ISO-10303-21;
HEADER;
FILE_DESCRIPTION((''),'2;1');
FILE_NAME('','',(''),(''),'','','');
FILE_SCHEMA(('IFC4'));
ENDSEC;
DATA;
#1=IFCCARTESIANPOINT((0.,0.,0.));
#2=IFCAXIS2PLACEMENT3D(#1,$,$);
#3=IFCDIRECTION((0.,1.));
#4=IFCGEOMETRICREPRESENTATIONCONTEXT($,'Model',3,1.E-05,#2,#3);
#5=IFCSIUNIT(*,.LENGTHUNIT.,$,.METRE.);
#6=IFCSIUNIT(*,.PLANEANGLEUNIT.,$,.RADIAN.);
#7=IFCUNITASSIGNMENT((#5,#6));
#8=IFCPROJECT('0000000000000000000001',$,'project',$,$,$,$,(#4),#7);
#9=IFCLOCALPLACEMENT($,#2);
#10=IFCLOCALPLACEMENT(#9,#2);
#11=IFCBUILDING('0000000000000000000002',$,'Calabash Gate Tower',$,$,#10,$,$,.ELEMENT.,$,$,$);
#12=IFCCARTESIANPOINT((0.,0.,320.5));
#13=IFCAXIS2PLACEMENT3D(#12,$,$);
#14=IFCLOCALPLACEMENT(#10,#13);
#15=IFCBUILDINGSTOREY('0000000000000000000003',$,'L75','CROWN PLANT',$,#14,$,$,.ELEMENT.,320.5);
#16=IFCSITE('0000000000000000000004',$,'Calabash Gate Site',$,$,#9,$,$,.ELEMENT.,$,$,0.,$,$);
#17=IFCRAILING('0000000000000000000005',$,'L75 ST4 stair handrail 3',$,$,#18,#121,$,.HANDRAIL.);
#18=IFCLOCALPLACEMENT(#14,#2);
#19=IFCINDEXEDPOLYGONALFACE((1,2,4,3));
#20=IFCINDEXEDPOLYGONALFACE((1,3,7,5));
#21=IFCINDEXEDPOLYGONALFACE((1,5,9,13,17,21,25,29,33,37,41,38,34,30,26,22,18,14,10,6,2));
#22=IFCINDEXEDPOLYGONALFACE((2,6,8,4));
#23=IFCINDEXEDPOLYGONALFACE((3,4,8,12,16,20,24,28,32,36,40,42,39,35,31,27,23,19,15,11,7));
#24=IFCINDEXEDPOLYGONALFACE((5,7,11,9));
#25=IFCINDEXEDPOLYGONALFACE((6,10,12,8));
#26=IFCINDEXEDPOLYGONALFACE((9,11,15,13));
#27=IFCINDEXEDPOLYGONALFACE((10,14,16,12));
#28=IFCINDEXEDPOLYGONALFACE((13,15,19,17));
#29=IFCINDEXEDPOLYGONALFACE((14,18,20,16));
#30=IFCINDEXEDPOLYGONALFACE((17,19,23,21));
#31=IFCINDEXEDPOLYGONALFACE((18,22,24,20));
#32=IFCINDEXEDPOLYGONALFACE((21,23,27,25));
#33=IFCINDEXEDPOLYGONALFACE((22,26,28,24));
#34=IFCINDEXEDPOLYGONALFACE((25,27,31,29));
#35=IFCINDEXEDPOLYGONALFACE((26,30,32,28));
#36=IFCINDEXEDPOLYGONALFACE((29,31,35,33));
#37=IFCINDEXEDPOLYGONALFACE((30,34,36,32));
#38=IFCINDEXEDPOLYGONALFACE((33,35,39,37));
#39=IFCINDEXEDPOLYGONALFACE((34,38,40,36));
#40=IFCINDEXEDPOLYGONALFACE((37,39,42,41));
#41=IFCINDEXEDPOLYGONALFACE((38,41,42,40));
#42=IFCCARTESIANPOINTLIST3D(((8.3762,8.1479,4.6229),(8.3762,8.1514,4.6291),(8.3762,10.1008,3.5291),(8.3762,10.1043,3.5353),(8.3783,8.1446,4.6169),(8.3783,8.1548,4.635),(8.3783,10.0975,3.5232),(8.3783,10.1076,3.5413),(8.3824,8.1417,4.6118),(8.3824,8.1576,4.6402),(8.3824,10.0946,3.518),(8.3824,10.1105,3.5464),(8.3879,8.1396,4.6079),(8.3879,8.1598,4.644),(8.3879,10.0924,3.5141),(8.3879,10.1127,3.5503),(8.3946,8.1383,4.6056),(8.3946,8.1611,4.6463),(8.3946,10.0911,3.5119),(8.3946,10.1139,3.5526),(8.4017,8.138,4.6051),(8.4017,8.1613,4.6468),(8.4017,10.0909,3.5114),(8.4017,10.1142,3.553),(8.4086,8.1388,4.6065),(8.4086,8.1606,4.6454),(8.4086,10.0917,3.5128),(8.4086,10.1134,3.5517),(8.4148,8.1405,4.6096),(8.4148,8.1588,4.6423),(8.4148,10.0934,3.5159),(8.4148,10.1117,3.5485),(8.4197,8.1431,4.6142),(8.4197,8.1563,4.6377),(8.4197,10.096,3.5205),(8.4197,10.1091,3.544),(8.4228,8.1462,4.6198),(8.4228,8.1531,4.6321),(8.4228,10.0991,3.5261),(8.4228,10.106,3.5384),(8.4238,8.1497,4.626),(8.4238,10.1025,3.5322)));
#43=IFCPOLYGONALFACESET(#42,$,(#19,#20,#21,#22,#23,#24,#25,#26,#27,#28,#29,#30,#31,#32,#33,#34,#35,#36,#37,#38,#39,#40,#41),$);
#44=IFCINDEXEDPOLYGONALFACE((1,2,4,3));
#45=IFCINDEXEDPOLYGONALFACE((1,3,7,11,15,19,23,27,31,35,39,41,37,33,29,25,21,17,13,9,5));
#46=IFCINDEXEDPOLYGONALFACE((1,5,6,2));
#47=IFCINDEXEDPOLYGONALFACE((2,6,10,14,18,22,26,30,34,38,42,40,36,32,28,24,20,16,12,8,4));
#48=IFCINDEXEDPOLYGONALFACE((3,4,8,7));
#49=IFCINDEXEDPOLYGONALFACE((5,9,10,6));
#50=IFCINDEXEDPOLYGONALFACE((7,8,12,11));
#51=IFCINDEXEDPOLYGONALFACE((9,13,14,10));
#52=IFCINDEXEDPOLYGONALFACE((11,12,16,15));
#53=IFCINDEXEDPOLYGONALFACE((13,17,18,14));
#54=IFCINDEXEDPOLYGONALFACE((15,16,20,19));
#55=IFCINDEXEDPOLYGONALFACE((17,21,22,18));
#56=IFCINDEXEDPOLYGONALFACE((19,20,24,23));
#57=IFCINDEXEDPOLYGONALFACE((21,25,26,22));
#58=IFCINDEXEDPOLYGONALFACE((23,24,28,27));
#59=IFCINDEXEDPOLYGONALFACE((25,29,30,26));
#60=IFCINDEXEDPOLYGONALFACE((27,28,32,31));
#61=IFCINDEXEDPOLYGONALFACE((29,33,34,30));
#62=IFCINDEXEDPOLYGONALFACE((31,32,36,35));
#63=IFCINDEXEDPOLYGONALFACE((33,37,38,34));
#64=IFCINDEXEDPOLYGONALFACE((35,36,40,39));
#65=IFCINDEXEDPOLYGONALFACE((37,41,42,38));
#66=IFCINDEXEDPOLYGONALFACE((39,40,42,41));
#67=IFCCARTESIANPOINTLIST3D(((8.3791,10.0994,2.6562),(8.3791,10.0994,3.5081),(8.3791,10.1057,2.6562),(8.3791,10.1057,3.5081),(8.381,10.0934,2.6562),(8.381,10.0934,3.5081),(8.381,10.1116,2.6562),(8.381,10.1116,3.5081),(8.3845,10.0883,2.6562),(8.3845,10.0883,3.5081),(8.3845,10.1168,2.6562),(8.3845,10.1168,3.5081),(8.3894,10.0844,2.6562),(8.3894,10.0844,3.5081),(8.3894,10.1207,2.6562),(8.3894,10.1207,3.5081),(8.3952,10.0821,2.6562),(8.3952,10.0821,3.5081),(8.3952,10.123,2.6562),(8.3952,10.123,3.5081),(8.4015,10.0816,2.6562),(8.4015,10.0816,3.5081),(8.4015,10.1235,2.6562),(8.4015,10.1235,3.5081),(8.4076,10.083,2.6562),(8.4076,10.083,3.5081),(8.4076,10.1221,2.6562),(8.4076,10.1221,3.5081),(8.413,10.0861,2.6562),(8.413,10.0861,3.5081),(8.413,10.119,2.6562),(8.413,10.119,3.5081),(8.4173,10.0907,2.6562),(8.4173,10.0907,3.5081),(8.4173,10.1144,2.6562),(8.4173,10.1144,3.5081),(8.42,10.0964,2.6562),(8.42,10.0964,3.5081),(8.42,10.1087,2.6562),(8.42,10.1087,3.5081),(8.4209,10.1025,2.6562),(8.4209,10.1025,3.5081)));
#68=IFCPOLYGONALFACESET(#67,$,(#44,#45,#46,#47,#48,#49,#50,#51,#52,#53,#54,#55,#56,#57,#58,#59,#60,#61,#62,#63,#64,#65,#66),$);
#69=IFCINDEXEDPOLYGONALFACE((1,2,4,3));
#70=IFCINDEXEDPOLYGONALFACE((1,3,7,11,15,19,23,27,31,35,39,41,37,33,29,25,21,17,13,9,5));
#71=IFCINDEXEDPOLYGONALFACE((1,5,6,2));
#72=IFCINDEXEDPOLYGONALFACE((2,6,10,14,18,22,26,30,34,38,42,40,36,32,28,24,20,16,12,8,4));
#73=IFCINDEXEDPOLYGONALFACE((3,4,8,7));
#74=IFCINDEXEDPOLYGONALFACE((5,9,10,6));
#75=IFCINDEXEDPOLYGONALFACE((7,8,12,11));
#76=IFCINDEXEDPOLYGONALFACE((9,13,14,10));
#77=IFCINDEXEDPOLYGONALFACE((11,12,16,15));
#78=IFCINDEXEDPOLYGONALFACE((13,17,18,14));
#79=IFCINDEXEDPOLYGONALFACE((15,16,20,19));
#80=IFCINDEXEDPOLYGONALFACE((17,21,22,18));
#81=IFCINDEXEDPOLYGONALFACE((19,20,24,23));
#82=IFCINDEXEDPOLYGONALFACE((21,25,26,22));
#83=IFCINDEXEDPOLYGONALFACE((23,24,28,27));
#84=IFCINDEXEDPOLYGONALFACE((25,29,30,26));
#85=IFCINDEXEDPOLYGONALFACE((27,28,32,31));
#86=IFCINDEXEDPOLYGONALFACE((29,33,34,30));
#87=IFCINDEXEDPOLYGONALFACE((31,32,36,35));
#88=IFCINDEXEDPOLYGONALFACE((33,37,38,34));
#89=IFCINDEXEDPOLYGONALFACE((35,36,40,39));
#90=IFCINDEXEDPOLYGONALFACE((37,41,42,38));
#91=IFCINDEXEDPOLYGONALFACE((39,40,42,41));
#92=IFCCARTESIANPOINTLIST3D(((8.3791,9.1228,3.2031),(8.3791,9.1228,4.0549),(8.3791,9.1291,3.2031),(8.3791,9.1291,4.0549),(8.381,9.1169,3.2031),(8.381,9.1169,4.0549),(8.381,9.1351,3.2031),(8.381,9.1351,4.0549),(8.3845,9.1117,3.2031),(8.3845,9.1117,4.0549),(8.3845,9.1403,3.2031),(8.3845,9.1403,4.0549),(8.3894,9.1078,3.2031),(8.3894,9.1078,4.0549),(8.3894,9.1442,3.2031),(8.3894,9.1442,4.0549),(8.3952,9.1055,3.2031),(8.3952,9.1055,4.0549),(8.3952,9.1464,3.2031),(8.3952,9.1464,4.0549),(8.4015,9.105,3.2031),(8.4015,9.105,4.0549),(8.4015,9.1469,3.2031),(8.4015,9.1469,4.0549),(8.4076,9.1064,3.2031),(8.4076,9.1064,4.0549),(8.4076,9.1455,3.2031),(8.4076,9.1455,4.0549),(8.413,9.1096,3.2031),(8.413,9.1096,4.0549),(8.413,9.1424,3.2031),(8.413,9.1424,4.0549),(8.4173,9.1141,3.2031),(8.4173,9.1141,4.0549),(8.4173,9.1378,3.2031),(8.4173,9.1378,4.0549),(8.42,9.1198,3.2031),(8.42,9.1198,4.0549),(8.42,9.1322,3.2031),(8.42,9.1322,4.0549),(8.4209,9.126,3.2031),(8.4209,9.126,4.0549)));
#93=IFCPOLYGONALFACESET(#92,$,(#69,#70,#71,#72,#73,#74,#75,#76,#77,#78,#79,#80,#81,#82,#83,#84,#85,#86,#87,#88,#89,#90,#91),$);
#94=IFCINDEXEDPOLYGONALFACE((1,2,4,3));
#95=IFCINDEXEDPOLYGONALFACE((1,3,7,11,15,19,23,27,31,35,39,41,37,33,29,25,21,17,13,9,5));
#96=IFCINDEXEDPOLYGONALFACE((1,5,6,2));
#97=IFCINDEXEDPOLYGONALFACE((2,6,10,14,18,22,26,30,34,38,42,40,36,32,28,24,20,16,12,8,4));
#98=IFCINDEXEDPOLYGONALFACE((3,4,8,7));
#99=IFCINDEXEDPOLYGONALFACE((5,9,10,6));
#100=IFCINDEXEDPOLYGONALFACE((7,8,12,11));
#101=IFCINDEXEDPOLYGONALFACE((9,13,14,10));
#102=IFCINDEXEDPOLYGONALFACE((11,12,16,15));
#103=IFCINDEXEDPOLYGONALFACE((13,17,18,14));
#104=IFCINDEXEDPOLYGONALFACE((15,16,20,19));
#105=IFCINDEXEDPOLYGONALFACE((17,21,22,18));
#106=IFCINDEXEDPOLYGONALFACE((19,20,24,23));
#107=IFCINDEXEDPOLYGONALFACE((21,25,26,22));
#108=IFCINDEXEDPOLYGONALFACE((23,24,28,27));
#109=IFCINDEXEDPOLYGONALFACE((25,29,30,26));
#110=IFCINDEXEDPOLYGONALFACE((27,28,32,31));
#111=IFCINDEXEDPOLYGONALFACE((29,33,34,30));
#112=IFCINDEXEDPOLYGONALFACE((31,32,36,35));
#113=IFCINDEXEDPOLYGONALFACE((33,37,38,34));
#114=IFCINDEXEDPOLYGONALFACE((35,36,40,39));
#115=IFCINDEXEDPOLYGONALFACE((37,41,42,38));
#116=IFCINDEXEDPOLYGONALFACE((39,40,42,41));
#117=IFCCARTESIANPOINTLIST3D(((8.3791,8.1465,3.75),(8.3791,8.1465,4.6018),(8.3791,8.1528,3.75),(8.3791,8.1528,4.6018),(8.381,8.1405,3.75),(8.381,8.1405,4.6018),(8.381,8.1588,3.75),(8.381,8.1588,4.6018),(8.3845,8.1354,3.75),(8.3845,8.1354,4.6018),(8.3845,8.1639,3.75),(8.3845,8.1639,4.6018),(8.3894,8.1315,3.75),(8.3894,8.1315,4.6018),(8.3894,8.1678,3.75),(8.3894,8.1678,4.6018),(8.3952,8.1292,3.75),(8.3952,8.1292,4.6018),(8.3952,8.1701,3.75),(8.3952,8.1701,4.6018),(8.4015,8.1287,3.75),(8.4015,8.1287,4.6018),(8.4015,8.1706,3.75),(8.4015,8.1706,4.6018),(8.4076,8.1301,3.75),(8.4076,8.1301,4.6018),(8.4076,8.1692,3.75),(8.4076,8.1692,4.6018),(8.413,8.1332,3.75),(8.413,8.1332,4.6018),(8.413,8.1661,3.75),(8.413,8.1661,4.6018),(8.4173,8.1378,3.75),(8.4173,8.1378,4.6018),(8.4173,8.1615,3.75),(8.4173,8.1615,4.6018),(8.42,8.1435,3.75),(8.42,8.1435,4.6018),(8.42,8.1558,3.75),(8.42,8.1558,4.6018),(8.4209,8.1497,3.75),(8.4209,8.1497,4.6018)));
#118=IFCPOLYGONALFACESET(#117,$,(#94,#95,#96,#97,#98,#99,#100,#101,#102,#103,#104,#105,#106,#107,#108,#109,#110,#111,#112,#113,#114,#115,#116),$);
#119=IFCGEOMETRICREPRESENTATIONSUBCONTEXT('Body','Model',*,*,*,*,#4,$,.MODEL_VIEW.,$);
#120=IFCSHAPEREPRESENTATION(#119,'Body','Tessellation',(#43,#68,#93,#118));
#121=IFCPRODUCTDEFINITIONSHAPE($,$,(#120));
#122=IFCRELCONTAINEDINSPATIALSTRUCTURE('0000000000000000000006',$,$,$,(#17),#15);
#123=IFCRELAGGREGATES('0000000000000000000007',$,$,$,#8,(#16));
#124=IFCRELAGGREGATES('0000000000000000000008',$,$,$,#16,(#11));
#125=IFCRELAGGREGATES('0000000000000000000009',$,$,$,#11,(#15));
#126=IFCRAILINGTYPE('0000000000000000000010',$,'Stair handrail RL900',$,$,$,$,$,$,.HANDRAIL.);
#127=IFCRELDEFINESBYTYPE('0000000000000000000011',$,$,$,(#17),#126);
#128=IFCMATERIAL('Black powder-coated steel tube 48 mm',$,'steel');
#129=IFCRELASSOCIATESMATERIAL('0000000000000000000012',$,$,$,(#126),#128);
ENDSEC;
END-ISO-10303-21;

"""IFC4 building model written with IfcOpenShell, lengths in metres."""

from ifc_helpers import new_model, si_unit, direction, frame, origin, origin_2d, place, context, subcontext, project, spatial, circle, extrude, material, type_object, element, save


model = new_model("IFC4")

# Units and contexts
model_context = context("Model", 3, precision=1e-05, world=origin(), true_north=direction((0.0, 1.0)))
body_context = subcontext(model_context, "Body", "Model", "MODEL_VIEW")
ifc_project = project(units=[si_unit("LENGTHUNIT", "METRE"), si_unit("PLANEANGLEUNIT", "RADIAN")], contexts=[model_context])

# Site, building, storey
site_placement = place(None, origin())
site = spatial("IfcSite", under=ifc_project, at=site_placement, Name="Calabash Gate Site", CompositionType="ELEMENT", RefElevation=0.0)
building_placement = place(site_placement, origin())
building = spatial("IfcBuilding", under=site, at=building_placement, Name="Calabash Gate Tower", CompositionType="ELEMENT")
storey_placement = place(building_placement, frame((0.0, 0.0, 320.5)))
storey = spatial("IfcBuildingStorey", under=building, at=storey_placement, Name="L75", Description="CROWN PLANT", CompositionType="ELEMENT", Elevation=320.5)

# Railing
ifc_material_1 = material(Name="Black powder-coated steel tube 48 mm", Category="steel")
railing_type_1 = type_object("IfcRailingType", Name="Stair handrail RL900", PredefinedType="HANDRAIL", material=ifc_material_1)
railing_1_placement = place(storey_placement, frame((8.3999, 10.1025, 2.6562)))
element("IfcRailing", 1, at=railing_1_placement, inside=storey, type_object=railing_type_1, Name="L75 ST4 stair handrail 3", PredefinedType="HANDRAIL", context=body_context, shape_type="SweptSolid", body=[
    extrude(circle(Radius=0.0239, at=origin_2d()), frame((0.0, 0.0, 0.876), z_axis=(0.0, -0.87248, 0.48865), x_axis=(1.0, 0.0, 0.0)), (0.0, 0.0, 1.0), 2.2383),
    extrude(circle(Radius=0.021, at=origin_2d()), origin(), (0.0, 0.0, 1.0), 0.8518),
    extrude(circle(Radius=0.021, at=origin_2d()), frame((0.0, -0.9766, 0.5469)), (0.0, 0.0, 1.0), 0.8518),
    extrude(circle(Radius=0.021, at=origin_2d()), frame((0.0, -1.9529, 1.0938)), (0.0, 0.0, 1.0), 0.8518),
])

save(model, "model.ifc")
